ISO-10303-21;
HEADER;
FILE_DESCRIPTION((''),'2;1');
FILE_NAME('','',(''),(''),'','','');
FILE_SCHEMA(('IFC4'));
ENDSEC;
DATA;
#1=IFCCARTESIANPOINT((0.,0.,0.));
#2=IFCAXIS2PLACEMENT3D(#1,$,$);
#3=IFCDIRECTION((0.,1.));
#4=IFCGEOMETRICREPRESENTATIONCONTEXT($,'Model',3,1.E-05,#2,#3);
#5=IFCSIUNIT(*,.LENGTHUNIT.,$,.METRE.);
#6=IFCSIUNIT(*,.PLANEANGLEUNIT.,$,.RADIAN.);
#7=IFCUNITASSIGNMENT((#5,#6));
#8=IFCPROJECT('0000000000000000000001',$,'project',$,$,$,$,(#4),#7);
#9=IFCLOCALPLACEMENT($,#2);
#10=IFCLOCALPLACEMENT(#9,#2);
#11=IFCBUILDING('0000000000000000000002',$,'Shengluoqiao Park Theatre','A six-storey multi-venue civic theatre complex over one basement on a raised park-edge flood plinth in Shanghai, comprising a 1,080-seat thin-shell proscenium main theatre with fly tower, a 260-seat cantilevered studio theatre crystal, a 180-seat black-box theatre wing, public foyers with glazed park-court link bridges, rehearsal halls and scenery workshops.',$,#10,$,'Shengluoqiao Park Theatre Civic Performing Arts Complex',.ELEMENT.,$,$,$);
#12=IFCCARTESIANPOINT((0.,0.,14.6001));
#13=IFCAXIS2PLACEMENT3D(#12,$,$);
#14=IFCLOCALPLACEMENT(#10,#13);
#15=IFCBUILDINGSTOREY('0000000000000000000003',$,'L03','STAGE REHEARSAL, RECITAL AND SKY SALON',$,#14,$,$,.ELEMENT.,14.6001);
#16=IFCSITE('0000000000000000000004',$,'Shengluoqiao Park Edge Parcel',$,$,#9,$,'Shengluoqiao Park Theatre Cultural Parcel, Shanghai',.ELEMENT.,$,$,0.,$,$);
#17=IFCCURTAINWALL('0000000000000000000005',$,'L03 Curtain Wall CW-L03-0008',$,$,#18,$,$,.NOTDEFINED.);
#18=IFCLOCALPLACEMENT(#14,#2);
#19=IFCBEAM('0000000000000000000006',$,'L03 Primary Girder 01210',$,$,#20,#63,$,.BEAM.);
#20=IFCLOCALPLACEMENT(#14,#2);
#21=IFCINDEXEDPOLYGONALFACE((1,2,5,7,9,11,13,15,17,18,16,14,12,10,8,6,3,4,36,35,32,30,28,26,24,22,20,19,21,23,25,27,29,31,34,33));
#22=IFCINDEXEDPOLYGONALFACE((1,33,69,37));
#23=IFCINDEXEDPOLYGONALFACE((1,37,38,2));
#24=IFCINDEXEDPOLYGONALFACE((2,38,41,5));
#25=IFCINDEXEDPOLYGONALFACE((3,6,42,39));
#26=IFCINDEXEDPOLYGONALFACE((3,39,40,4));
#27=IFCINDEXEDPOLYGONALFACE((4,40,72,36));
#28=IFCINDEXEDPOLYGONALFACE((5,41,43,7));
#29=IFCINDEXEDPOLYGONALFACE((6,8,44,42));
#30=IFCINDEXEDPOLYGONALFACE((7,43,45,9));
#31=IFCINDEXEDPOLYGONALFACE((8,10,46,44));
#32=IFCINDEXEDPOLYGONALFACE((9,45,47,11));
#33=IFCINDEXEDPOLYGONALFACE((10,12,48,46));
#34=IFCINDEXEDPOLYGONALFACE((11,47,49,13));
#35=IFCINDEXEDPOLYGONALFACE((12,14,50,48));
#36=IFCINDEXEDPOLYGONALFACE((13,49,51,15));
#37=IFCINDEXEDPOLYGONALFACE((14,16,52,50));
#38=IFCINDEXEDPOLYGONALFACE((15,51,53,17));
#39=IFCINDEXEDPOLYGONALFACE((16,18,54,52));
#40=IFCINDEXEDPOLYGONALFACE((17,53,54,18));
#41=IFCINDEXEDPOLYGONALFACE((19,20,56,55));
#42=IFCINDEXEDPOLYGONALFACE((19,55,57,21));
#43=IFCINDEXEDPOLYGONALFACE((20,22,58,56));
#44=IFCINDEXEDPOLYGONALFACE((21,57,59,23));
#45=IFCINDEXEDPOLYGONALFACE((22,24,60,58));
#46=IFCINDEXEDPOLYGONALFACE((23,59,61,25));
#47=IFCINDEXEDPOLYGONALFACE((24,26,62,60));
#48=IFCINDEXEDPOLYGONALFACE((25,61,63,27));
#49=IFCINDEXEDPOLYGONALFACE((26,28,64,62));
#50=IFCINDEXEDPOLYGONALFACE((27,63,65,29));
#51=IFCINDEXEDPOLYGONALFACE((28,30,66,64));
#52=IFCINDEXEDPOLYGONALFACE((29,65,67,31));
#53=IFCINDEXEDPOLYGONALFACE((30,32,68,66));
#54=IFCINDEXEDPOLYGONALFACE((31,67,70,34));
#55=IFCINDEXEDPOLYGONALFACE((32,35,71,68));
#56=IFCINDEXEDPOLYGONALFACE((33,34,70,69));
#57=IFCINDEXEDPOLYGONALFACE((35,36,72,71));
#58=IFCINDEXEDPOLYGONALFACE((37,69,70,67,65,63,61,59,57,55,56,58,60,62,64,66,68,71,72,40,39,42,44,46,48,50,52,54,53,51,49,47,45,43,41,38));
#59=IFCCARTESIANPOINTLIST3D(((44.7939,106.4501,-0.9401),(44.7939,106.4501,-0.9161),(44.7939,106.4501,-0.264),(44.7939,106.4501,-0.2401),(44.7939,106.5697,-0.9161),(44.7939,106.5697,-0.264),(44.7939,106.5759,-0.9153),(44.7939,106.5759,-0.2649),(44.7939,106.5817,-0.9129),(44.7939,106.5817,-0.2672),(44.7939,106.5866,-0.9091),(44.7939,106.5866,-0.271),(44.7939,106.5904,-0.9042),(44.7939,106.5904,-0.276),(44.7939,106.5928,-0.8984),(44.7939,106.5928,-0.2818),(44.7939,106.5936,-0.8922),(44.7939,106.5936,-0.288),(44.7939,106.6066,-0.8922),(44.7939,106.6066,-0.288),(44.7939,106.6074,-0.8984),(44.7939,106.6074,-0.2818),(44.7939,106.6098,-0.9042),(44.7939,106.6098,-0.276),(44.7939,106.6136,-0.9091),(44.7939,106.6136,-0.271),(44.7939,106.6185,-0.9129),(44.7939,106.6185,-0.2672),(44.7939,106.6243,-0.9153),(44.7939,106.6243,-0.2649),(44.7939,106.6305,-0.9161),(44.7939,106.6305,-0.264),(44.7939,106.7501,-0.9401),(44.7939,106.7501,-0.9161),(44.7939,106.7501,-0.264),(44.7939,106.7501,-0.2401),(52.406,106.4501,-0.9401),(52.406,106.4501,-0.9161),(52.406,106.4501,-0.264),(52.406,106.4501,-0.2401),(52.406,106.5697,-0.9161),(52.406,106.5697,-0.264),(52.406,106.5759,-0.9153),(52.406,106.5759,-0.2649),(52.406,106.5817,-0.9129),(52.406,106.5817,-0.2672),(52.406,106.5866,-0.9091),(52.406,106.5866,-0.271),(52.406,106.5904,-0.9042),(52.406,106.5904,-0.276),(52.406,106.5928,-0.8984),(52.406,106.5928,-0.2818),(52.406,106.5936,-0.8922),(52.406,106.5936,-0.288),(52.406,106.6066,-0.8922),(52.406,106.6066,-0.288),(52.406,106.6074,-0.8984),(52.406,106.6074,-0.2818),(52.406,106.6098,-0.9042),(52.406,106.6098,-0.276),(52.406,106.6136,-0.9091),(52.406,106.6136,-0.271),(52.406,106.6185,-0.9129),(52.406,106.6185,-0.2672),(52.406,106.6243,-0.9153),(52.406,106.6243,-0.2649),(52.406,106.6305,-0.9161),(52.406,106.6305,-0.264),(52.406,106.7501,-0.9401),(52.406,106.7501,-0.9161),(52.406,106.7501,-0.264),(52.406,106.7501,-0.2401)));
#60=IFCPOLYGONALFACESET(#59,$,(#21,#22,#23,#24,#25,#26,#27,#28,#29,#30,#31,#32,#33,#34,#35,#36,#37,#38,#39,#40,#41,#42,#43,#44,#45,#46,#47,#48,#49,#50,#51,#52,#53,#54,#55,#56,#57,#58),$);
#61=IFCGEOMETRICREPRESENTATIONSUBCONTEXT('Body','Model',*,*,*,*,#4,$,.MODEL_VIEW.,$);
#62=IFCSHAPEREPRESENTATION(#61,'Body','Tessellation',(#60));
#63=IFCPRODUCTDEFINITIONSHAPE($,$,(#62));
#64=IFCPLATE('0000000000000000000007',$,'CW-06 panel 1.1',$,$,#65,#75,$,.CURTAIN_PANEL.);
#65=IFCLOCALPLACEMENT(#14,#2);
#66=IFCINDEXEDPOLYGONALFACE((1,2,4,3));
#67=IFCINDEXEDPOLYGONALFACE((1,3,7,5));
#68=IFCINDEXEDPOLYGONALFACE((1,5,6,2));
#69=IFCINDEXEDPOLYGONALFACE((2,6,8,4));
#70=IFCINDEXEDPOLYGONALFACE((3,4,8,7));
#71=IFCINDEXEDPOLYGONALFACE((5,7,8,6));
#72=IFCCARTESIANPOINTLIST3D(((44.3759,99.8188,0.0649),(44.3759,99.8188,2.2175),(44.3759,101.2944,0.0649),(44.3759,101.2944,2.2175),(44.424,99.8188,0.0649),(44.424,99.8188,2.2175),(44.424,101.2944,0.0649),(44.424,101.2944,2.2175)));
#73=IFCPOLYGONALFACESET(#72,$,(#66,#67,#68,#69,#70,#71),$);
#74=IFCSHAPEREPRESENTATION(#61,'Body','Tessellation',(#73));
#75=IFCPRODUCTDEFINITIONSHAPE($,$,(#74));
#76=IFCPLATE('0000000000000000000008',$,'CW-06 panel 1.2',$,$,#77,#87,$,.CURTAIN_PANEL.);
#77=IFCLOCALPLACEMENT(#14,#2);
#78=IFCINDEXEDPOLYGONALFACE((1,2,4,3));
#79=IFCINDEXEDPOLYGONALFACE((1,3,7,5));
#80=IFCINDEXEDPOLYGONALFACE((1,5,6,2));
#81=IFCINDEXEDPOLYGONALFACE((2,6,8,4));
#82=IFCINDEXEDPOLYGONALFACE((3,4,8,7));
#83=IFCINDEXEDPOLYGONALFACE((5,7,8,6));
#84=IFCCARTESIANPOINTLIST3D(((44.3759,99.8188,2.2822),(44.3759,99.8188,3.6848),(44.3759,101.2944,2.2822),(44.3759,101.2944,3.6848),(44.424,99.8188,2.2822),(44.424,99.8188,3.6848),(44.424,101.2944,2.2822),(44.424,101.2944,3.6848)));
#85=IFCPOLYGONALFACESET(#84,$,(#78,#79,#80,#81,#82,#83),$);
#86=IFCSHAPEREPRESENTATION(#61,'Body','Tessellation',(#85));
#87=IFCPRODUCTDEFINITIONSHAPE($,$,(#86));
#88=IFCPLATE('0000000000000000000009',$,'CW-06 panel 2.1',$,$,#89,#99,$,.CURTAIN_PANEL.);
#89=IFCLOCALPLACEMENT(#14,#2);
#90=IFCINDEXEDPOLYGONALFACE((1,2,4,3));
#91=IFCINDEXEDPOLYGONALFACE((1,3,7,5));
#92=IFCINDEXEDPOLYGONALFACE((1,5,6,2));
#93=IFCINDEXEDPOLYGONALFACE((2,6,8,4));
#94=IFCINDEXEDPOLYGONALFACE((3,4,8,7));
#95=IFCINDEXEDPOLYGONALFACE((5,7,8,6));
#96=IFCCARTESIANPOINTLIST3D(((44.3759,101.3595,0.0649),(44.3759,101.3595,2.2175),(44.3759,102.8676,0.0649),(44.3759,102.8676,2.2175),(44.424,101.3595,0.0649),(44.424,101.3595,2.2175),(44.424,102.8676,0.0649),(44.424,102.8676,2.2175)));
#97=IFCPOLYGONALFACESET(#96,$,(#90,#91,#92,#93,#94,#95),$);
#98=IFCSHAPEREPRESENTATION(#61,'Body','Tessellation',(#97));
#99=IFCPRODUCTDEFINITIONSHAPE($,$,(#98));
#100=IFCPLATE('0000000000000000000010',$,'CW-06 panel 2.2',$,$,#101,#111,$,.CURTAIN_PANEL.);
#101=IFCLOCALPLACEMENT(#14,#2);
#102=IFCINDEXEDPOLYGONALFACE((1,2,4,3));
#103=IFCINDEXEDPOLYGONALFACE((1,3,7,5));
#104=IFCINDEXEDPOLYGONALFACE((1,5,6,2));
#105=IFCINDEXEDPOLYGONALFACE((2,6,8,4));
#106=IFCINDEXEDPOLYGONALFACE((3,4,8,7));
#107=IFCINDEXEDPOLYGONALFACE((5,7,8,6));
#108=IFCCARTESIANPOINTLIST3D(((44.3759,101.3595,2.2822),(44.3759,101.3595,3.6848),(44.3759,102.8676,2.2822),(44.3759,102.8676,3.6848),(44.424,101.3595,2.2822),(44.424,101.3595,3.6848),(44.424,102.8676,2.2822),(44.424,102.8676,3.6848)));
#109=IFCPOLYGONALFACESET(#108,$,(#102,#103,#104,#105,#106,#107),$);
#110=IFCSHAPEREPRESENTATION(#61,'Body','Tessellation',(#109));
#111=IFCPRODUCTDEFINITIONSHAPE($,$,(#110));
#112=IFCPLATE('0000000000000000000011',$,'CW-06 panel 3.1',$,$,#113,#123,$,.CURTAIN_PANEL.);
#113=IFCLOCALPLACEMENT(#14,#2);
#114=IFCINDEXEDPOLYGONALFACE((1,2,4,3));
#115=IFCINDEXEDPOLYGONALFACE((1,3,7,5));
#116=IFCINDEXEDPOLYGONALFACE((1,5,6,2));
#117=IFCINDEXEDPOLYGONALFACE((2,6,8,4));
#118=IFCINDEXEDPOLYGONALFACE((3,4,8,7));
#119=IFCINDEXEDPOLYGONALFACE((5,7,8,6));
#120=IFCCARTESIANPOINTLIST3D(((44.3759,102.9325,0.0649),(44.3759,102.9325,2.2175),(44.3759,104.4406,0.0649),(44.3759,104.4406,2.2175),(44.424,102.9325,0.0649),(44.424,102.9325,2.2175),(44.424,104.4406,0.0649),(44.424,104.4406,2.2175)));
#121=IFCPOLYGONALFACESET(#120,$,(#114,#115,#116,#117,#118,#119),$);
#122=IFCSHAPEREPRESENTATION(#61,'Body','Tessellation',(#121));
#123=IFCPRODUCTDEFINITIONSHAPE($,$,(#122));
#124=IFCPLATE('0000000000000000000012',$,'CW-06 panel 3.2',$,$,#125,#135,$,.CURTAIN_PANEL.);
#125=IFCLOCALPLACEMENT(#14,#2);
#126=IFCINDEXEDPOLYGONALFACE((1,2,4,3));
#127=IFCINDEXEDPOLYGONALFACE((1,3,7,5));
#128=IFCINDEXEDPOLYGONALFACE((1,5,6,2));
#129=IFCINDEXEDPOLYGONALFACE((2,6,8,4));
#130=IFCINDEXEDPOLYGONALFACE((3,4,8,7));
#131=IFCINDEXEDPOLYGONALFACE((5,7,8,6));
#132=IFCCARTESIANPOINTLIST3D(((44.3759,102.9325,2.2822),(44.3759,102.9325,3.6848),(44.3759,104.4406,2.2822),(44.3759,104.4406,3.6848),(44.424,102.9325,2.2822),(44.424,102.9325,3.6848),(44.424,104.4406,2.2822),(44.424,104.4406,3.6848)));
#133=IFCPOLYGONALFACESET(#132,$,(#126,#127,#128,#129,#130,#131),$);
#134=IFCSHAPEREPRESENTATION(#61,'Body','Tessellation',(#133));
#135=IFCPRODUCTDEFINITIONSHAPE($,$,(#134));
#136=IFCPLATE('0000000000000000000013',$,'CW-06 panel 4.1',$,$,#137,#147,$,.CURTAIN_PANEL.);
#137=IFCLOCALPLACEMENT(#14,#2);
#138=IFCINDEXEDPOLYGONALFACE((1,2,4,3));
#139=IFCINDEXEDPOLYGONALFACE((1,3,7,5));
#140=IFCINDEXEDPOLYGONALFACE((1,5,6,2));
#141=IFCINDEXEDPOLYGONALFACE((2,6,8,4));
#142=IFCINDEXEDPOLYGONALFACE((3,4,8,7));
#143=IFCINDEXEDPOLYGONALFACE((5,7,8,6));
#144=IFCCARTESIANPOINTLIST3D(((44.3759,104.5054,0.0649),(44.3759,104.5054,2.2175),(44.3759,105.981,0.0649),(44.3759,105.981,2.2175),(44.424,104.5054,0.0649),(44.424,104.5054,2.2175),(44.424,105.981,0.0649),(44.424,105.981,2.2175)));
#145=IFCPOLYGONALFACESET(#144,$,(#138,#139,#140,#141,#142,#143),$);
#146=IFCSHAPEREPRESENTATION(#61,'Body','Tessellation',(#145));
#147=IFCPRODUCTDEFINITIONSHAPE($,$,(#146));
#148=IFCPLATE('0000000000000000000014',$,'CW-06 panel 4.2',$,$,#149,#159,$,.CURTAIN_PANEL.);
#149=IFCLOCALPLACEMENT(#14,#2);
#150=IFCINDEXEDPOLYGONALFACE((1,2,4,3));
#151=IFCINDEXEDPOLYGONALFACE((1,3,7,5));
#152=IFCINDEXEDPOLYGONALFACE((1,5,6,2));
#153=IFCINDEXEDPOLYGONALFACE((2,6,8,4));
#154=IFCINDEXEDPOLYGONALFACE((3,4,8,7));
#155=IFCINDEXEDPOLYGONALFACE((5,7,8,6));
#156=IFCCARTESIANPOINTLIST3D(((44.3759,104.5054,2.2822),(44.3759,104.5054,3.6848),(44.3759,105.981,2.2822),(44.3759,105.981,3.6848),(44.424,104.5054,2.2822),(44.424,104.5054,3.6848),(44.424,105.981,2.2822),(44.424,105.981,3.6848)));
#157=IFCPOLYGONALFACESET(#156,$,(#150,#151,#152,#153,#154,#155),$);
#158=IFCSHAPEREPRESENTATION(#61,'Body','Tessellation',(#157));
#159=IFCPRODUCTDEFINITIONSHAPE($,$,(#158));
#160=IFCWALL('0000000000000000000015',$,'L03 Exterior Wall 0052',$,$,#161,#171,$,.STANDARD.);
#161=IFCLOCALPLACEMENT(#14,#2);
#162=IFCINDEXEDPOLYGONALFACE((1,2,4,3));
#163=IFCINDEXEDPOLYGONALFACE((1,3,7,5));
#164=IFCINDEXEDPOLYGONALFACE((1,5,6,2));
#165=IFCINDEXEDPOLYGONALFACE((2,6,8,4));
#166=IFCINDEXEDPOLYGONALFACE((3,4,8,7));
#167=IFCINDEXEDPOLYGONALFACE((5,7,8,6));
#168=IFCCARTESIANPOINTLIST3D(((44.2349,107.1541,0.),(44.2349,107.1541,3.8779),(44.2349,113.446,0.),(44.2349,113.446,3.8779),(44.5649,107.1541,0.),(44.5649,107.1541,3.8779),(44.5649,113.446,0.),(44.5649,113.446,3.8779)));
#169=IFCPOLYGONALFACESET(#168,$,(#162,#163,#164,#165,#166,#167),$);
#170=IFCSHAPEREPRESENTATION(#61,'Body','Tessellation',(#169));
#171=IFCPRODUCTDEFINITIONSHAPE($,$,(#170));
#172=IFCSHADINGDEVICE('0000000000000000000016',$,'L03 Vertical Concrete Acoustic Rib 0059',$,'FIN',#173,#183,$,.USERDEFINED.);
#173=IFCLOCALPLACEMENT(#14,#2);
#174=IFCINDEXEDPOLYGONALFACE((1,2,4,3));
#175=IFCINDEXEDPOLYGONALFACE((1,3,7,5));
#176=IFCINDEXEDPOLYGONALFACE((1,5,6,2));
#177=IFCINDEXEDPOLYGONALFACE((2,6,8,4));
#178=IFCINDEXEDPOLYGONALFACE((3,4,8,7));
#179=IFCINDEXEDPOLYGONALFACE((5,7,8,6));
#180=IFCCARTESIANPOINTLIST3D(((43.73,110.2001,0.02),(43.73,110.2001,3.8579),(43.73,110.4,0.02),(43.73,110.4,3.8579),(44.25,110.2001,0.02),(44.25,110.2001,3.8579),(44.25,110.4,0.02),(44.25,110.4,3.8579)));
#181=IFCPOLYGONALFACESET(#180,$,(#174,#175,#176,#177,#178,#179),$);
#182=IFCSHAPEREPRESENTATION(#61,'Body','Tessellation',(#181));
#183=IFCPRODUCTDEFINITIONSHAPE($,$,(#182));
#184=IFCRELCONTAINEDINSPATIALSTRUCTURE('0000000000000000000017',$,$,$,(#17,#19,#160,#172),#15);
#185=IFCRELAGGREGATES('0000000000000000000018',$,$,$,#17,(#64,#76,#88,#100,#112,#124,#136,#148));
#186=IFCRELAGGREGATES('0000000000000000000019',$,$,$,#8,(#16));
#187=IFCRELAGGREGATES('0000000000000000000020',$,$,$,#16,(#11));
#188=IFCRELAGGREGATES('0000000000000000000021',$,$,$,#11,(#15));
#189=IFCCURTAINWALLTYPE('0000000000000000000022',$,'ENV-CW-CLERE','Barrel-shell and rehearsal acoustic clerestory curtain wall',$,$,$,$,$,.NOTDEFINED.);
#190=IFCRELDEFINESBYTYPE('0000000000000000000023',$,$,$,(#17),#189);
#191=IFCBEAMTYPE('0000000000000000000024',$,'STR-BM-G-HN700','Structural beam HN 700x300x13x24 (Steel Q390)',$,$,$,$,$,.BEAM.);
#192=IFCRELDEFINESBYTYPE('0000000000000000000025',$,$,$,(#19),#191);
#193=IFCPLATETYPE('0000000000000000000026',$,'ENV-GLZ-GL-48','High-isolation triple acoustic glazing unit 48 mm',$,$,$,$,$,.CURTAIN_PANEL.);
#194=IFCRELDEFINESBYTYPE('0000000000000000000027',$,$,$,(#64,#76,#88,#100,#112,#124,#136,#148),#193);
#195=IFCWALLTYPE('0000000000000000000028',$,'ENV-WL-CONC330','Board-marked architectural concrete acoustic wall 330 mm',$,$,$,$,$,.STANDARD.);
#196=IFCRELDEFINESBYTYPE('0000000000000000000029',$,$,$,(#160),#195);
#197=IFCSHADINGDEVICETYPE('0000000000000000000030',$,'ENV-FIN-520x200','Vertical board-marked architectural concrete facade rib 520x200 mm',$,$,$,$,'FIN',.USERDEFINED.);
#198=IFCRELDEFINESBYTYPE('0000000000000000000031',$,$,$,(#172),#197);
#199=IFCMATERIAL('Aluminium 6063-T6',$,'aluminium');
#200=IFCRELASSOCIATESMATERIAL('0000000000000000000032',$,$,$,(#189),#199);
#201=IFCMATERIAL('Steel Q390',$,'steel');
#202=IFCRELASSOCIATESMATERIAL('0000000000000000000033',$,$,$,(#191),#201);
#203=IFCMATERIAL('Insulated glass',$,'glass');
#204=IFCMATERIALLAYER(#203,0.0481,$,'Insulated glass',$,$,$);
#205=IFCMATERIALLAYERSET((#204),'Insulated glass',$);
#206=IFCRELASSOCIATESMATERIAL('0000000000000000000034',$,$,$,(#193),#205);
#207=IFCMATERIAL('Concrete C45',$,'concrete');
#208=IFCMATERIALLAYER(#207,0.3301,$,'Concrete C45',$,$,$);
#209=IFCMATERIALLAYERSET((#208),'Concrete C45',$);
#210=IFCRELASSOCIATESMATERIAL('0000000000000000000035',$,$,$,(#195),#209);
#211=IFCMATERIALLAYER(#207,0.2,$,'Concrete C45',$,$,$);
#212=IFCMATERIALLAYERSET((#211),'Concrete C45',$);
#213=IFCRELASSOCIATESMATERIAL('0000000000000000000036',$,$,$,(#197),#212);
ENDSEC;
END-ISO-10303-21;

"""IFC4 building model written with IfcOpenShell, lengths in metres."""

from ifc_helpers import new_model, si_unit, direction, frame, frame_2d, origin, origin_2d, place, context, subcontext, project, spatial, rectangle, i_section, extrude, material, layer, layer_set, material_profile, profile_set, type_object, element, aggregate, save


model = new_model("IFC4")

# Units and contexts
model_context = context("Model", 3, precision=1e-05, world=origin(), true_north=direction((0.0, 1.0)))
body_context = subcontext(model_context, "Body", "Model", "MODEL_VIEW")
ifc_project = project(units=[si_unit("LENGTHUNIT", "METRE"), si_unit("PLANEANGLEUNIT", "RADIAN")], contexts=[model_context])

# Site, building, storey
site_placement = place(None, origin())
site = spatial("IfcSite", under=ifc_project, at=site_placement, Name="Shengluoqiao Park Edge Parcel", LongName="Shengluoqiao Park Theatre Cultural Parcel, Shanghai", CompositionType="ELEMENT", RefElevation=0.0)
building_placement = place(site_placement, origin())
building = spatial("IfcBuilding", under=site, at=building_placement, Name="Shengluoqiao Park Theatre", Description="A six-storey multi-venue civic theatre complex over one basement on a raised park-edge flood plinth in Shanghai, comprising a 1,080-seat thin-shell proscenium main theatre with fly tower, a 260-seat cantilevered studio theatre crystal, a 180-seat black-box theatre wing, public foyers with glazed park-court link bridges, rehearsal halls and scenery workshops.", LongName="Shengluoqiao Park Theatre Civic Performing Arts Complex", CompositionType="ELEMENT")
storey_placement = place(building_placement, frame((0.0, 0.0, 14.6001)))
storey = spatial("IfcBuildingStorey", under=building, at=storey_placement, Name="L03", Description="STAGE REHEARSAL, RECITAL AND SKY SALON", CompositionType="ELEMENT", Elevation=14.6001)

# Curtain wall
ifc_material_1 = material(Name="Aluminium 6063-T6", Category="aluminium")
curtain_wall_type = type_object("IfcCurtainWallType", Name="ENV-CW-CLERE", Description="Barrel-shell and rehearsal acoustic clerestory curtain wall", PredefinedType="NOTDEFINED", material=ifc_material_1)
curtain_wall_placement = place(storey_placement, origin())
curtain_wall = element("IfcCurtainWall", 1, at=curtain_wall_placement, inside=storey, type_object=curtain_wall_type, Name="L03 Curtain Wall CW-L03-0008", PredefinedType="NOTDEFINED")

# Beam
ifc_material_2 = material(Name="Steel Q390", Category="steel")
ifc_material_profile_1 = material_profile(ifc_material_2, i_section(OverallWidth=0.3, OverallDepth=0.7, WebThickness=0.0129, FlangeThickness=0.0239, FilletRadius=0.0239, at=origin_2d()), Name="HN 700x300x13x24")
ifc_profile_set_1 = profile_set([ifc_material_profile_1], Name="Steel Q390")
beam_type_1 = type_object("IfcBeamType", Name="STR-BM-G-HN700", Description="Structural beam HN 700x300x13x24 (Steel Q390)", PredefinedType="BEAM", material=ifc_profile_set_1)
beam_1_placement = place(storey_placement, frame((44.7939, 106.6001, -0.5901), z_axis=(1.0, 0.0, 0.0), x_axis=(0.0, 1.0, 0.0)))
element("IfcBeam", 2, at=beam_1_placement, inside=storey, type_object=beam_type_1, Name="L03 Primary Girder 01210", PredefinedType="BEAM", context=body_context, shape_type="SweptSolid", body=[
    extrude(i_section(OverallWidth=0.3, OverallDepth=0.7, WebThickness=0.0129, FlangeThickness=0.0239, FilletRadius=0.0239, at=origin_2d()), origin(), (0.0, 0.0, 1.0), 7.6121),
])

# Plates
ifc_material_3 = material(Name="Insulated glass", Category="glass")
ifc_layer_1 = layer(ifc_material_3, 0.0481, Name="Insulated glass")
ifc_layer_set_1 = layer_set([ifc_layer_1], Name="Insulated glass")
plate_type = type_object("IfcPlateType", Name="ENV-GLZ-GL-48", Description="High-isolation triple acoustic glazing unit 48 mm", PredefinedType="CURTAIN_PANEL", material=ifc_layer_set_1)
plate_1_placement = place(storey_placement, frame((44.3999, 100.5566, 0.0649), z_axis=(0.0, 0.0, 1.0), x_axis=(0.0, 1.0, 0.0)))
plate_1 = element("IfcPlate", 3, at=plate_1_placement, type_object=plate_type, Name="CW-06 panel 1.1", PredefinedType="CURTAIN_PANEL", context=body_context, shape_type="SweptSolid", body=[
    extrude(rectangle(XDim=1.4756, YDim=0.0481, at=origin_2d()), origin(), (0.0, 0.0, 1.0), 2.1526),
])
plate_2_placement = place(storey_placement, frame((44.3999, 100.5566, 2.2822), z_axis=(0.0, 0.0, 1.0), x_axis=(0.0, 1.0, 0.0)))
plate_2 = element("IfcPlate", 4, at=plate_2_placement, type_object=plate_type, Name="CW-06 panel 1.2", PredefinedType="CURTAIN_PANEL", context=body_context, shape_type="SweptSolid", body=[
    extrude(rectangle(XDim=1.4756, YDim=0.0481, at=origin_2d()), origin(), (0.0, 0.0, 1.0), 1.4026),
])
plate_3_placement = place(storey_placement, frame((44.3999, 102.1135, 0.0649), z_axis=(0.0, 0.0, 1.0), x_axis=(0.0, 1.0, 0.0)))
plate_3 = element("IfcPlate", 5, at=plate_3_placement, type_object=plate_type, Name="CW-06 panel 2.1", PredefinedType="CURTAIN_PANEL", context=body_context, shape_type="SweptSolid", body=[
    extrude(rectangle(XDim=1.5081, YDim=0.0481, at=origin_2d()), origin(), (0.0, 0.0, 1.0), 2.1526),
])
plate_4_placement = place(storey_placement, frame((44.3999, 102.1135, 2.2822), z_axis=(0.0, 0.0, 1.0), x_axis=(0.0, 1.0, 0.0)))
plate_4 = element("IfcPlate", 6, at=plate_4_placement, type_object=plate_type, Name="CW-06 panel 2.2", PredefinedType="CURTAIN_PANEL", context=body_context, shape_type="SweptSolid", body=[
    extrude(rectangle(XDim=1.5081, YDim=0.0481, at=origin_2d()), origin(), (0.0, 0.0, 1.0), 1.4026),
])
plate_5_placement = place(storey_placement, frame((44.3999, 103.6865, 0.0649), z_axis=(0.0, 0.0, 1.0), x_axis=(0.0, 1.0, 0.0)))
plate_5 = element("IfcPlate", 7, at=plate_5_placement, type_object=plate_type, Name="CW-06 panel 3.1", PredefinedType="CURTAIN_PANEL", context=body_context, shape_type="SweptSolid", body=[
    extrude(rectangle(XDim=1.5081, YDim=0.0481, at=origin_2d()), origin(), (0.0, 0.0, 1.0), 2.1526),
])
plate_6_placement = place(storey_placement, frame((44.3999, 103.6865, 2.2822), z_axis=(0.0, 0.0, 1.0), x_axis=(0.0, 1.0, 0.0)))
plate_6 = element("IfcPlate", 8, at=plate_6_placement, type_object=plate_type, Name="CW-06 panel 3.2", PredefinedType="CURTAIN_PANEL", context=body_context, shape_type="SweptSolid", body=[
    extrude(rectangle(XDim=1.5081, YDim=0.0481, at=origin_2d()), origin(), (0.0, 0.0, 1.0), 1.4026),
])
plate_7_placement = place(storey_placement, frame((44.3999, 105.2432, 0.0649), z_axis=(0.0, 0.0, 1.0), x_axis=(0.0, 1.0, 0.0)))
plate_7 = element("IfcPlate", 9, at=plate_7_placement, type_object=plate_type, Name="CW-06 panel 4.1", PredefinedType="CURTAIN_PANEL", context=body_context, shape_type="SweptSolid", body=[
    extrude(rectangle(XDim=1.4756, YDim=0.0481, at=origin_2d()), origin(), (0.0, 0.0, 1.0), 2.1526),
])
plate_8_placement = place(storey_placement, frame((44.3999, 105.2432, 2.2822), z_axis=(0.0, 0.0, 1.0), x_axis=(0.0, 1.0, 0.0)))
plate_8 = element("IfcPlate", 10, at=plate_8_placement, type_object=plate_type, Name="CW-06 panel 4.2", PredefinedType="CURTAIN_PANEL", context=body_context, shape_type="SweptSolid", body=[
    extrude(rectangle(XDim=1.4756, YDim=0.0481, at=origin_2d()), origin(), (0.0, 0.0, 1.0), 1.4026),
])
aggregate(curtain_wall, [plate_1, plate_2, plate_3, plate_4, plate_5, plate_6, plate_7, plate_8])

# Wall
ifc_material_4 = material(Name="Concrete C45", Category="concrete")
ifc_layer_2 = layer(ifc_material_4, 0.3301, Name="Concrete C45")
ifc_layer_set_2 = layer_set([ifc_layer_2], Name="Concrete C45")
wall_type = type_object("IfcWallType", Name="ENV-WL-CONC330", Description="Board-marked architectural concrete acoustic wall 330 mm", PredefinedType="STANDARD", material=ifc_layer_set_2)
wall_placement = place(storey_placement, frame((44.3999, 107.1541, 0.0), z_axis=(0.0, 0.0, 1.0), x_axis=(0.0, 1.0, 0.0)))
element("IfcWall", 11, at=wall_placement, inside=storey, type_object=wall_type, Name="L03 Exterior Wall 0052", PredefinedType="STANDARD", context=body_context, shape_type="SweptSolid", body=[
    extrude(rectangle(XDim=6.292, YDim=0.3301, at=frame_2d((3.146, 0.0))), origin(), (0.0, 0.0, 1.0), 3.8779),
])

# Shading device
ifc_layer_3 = layer(ifc_material_4, 0.2, Name="Concrete C45")
ifc_layer_set_3 = layer_set([ifc_layer_3], Name="Concrete C45")
shading_device_type = type_object("IfcShadingDeviceType", Name="ENV-FIN-520x200", Description="Vertical board-marked architectural concrete facade rib 520x200 mm", ElementType="FIN", PredefinedType="USERDEFINED", material=ifc_layer_set_3)
shading_device_placement = place(storey_placement, frame((43.99, 110.3, 0.02), z_axis=(0.0, 0.0, 1.0), x_axis=(-1.0, 0.0, 0.0)))
element("IfcShadingDevice", 12, at=shading_device_placement, inside=storey, type_object=shading_device_type, Name="L03 Vertical Concrete Acoustic Rib 0059", ObjectType="FIN", PredefinedType="USERDEFINED", context=body_context, shape_type="SweptSolid", body=[
    extrude(rectangle(XDim=0.52, YDim=0.2, at=origin_2d()), origin(), (0.0, 0.0, 1.0), 3.8379),
])

save(model, "model.ifc")
